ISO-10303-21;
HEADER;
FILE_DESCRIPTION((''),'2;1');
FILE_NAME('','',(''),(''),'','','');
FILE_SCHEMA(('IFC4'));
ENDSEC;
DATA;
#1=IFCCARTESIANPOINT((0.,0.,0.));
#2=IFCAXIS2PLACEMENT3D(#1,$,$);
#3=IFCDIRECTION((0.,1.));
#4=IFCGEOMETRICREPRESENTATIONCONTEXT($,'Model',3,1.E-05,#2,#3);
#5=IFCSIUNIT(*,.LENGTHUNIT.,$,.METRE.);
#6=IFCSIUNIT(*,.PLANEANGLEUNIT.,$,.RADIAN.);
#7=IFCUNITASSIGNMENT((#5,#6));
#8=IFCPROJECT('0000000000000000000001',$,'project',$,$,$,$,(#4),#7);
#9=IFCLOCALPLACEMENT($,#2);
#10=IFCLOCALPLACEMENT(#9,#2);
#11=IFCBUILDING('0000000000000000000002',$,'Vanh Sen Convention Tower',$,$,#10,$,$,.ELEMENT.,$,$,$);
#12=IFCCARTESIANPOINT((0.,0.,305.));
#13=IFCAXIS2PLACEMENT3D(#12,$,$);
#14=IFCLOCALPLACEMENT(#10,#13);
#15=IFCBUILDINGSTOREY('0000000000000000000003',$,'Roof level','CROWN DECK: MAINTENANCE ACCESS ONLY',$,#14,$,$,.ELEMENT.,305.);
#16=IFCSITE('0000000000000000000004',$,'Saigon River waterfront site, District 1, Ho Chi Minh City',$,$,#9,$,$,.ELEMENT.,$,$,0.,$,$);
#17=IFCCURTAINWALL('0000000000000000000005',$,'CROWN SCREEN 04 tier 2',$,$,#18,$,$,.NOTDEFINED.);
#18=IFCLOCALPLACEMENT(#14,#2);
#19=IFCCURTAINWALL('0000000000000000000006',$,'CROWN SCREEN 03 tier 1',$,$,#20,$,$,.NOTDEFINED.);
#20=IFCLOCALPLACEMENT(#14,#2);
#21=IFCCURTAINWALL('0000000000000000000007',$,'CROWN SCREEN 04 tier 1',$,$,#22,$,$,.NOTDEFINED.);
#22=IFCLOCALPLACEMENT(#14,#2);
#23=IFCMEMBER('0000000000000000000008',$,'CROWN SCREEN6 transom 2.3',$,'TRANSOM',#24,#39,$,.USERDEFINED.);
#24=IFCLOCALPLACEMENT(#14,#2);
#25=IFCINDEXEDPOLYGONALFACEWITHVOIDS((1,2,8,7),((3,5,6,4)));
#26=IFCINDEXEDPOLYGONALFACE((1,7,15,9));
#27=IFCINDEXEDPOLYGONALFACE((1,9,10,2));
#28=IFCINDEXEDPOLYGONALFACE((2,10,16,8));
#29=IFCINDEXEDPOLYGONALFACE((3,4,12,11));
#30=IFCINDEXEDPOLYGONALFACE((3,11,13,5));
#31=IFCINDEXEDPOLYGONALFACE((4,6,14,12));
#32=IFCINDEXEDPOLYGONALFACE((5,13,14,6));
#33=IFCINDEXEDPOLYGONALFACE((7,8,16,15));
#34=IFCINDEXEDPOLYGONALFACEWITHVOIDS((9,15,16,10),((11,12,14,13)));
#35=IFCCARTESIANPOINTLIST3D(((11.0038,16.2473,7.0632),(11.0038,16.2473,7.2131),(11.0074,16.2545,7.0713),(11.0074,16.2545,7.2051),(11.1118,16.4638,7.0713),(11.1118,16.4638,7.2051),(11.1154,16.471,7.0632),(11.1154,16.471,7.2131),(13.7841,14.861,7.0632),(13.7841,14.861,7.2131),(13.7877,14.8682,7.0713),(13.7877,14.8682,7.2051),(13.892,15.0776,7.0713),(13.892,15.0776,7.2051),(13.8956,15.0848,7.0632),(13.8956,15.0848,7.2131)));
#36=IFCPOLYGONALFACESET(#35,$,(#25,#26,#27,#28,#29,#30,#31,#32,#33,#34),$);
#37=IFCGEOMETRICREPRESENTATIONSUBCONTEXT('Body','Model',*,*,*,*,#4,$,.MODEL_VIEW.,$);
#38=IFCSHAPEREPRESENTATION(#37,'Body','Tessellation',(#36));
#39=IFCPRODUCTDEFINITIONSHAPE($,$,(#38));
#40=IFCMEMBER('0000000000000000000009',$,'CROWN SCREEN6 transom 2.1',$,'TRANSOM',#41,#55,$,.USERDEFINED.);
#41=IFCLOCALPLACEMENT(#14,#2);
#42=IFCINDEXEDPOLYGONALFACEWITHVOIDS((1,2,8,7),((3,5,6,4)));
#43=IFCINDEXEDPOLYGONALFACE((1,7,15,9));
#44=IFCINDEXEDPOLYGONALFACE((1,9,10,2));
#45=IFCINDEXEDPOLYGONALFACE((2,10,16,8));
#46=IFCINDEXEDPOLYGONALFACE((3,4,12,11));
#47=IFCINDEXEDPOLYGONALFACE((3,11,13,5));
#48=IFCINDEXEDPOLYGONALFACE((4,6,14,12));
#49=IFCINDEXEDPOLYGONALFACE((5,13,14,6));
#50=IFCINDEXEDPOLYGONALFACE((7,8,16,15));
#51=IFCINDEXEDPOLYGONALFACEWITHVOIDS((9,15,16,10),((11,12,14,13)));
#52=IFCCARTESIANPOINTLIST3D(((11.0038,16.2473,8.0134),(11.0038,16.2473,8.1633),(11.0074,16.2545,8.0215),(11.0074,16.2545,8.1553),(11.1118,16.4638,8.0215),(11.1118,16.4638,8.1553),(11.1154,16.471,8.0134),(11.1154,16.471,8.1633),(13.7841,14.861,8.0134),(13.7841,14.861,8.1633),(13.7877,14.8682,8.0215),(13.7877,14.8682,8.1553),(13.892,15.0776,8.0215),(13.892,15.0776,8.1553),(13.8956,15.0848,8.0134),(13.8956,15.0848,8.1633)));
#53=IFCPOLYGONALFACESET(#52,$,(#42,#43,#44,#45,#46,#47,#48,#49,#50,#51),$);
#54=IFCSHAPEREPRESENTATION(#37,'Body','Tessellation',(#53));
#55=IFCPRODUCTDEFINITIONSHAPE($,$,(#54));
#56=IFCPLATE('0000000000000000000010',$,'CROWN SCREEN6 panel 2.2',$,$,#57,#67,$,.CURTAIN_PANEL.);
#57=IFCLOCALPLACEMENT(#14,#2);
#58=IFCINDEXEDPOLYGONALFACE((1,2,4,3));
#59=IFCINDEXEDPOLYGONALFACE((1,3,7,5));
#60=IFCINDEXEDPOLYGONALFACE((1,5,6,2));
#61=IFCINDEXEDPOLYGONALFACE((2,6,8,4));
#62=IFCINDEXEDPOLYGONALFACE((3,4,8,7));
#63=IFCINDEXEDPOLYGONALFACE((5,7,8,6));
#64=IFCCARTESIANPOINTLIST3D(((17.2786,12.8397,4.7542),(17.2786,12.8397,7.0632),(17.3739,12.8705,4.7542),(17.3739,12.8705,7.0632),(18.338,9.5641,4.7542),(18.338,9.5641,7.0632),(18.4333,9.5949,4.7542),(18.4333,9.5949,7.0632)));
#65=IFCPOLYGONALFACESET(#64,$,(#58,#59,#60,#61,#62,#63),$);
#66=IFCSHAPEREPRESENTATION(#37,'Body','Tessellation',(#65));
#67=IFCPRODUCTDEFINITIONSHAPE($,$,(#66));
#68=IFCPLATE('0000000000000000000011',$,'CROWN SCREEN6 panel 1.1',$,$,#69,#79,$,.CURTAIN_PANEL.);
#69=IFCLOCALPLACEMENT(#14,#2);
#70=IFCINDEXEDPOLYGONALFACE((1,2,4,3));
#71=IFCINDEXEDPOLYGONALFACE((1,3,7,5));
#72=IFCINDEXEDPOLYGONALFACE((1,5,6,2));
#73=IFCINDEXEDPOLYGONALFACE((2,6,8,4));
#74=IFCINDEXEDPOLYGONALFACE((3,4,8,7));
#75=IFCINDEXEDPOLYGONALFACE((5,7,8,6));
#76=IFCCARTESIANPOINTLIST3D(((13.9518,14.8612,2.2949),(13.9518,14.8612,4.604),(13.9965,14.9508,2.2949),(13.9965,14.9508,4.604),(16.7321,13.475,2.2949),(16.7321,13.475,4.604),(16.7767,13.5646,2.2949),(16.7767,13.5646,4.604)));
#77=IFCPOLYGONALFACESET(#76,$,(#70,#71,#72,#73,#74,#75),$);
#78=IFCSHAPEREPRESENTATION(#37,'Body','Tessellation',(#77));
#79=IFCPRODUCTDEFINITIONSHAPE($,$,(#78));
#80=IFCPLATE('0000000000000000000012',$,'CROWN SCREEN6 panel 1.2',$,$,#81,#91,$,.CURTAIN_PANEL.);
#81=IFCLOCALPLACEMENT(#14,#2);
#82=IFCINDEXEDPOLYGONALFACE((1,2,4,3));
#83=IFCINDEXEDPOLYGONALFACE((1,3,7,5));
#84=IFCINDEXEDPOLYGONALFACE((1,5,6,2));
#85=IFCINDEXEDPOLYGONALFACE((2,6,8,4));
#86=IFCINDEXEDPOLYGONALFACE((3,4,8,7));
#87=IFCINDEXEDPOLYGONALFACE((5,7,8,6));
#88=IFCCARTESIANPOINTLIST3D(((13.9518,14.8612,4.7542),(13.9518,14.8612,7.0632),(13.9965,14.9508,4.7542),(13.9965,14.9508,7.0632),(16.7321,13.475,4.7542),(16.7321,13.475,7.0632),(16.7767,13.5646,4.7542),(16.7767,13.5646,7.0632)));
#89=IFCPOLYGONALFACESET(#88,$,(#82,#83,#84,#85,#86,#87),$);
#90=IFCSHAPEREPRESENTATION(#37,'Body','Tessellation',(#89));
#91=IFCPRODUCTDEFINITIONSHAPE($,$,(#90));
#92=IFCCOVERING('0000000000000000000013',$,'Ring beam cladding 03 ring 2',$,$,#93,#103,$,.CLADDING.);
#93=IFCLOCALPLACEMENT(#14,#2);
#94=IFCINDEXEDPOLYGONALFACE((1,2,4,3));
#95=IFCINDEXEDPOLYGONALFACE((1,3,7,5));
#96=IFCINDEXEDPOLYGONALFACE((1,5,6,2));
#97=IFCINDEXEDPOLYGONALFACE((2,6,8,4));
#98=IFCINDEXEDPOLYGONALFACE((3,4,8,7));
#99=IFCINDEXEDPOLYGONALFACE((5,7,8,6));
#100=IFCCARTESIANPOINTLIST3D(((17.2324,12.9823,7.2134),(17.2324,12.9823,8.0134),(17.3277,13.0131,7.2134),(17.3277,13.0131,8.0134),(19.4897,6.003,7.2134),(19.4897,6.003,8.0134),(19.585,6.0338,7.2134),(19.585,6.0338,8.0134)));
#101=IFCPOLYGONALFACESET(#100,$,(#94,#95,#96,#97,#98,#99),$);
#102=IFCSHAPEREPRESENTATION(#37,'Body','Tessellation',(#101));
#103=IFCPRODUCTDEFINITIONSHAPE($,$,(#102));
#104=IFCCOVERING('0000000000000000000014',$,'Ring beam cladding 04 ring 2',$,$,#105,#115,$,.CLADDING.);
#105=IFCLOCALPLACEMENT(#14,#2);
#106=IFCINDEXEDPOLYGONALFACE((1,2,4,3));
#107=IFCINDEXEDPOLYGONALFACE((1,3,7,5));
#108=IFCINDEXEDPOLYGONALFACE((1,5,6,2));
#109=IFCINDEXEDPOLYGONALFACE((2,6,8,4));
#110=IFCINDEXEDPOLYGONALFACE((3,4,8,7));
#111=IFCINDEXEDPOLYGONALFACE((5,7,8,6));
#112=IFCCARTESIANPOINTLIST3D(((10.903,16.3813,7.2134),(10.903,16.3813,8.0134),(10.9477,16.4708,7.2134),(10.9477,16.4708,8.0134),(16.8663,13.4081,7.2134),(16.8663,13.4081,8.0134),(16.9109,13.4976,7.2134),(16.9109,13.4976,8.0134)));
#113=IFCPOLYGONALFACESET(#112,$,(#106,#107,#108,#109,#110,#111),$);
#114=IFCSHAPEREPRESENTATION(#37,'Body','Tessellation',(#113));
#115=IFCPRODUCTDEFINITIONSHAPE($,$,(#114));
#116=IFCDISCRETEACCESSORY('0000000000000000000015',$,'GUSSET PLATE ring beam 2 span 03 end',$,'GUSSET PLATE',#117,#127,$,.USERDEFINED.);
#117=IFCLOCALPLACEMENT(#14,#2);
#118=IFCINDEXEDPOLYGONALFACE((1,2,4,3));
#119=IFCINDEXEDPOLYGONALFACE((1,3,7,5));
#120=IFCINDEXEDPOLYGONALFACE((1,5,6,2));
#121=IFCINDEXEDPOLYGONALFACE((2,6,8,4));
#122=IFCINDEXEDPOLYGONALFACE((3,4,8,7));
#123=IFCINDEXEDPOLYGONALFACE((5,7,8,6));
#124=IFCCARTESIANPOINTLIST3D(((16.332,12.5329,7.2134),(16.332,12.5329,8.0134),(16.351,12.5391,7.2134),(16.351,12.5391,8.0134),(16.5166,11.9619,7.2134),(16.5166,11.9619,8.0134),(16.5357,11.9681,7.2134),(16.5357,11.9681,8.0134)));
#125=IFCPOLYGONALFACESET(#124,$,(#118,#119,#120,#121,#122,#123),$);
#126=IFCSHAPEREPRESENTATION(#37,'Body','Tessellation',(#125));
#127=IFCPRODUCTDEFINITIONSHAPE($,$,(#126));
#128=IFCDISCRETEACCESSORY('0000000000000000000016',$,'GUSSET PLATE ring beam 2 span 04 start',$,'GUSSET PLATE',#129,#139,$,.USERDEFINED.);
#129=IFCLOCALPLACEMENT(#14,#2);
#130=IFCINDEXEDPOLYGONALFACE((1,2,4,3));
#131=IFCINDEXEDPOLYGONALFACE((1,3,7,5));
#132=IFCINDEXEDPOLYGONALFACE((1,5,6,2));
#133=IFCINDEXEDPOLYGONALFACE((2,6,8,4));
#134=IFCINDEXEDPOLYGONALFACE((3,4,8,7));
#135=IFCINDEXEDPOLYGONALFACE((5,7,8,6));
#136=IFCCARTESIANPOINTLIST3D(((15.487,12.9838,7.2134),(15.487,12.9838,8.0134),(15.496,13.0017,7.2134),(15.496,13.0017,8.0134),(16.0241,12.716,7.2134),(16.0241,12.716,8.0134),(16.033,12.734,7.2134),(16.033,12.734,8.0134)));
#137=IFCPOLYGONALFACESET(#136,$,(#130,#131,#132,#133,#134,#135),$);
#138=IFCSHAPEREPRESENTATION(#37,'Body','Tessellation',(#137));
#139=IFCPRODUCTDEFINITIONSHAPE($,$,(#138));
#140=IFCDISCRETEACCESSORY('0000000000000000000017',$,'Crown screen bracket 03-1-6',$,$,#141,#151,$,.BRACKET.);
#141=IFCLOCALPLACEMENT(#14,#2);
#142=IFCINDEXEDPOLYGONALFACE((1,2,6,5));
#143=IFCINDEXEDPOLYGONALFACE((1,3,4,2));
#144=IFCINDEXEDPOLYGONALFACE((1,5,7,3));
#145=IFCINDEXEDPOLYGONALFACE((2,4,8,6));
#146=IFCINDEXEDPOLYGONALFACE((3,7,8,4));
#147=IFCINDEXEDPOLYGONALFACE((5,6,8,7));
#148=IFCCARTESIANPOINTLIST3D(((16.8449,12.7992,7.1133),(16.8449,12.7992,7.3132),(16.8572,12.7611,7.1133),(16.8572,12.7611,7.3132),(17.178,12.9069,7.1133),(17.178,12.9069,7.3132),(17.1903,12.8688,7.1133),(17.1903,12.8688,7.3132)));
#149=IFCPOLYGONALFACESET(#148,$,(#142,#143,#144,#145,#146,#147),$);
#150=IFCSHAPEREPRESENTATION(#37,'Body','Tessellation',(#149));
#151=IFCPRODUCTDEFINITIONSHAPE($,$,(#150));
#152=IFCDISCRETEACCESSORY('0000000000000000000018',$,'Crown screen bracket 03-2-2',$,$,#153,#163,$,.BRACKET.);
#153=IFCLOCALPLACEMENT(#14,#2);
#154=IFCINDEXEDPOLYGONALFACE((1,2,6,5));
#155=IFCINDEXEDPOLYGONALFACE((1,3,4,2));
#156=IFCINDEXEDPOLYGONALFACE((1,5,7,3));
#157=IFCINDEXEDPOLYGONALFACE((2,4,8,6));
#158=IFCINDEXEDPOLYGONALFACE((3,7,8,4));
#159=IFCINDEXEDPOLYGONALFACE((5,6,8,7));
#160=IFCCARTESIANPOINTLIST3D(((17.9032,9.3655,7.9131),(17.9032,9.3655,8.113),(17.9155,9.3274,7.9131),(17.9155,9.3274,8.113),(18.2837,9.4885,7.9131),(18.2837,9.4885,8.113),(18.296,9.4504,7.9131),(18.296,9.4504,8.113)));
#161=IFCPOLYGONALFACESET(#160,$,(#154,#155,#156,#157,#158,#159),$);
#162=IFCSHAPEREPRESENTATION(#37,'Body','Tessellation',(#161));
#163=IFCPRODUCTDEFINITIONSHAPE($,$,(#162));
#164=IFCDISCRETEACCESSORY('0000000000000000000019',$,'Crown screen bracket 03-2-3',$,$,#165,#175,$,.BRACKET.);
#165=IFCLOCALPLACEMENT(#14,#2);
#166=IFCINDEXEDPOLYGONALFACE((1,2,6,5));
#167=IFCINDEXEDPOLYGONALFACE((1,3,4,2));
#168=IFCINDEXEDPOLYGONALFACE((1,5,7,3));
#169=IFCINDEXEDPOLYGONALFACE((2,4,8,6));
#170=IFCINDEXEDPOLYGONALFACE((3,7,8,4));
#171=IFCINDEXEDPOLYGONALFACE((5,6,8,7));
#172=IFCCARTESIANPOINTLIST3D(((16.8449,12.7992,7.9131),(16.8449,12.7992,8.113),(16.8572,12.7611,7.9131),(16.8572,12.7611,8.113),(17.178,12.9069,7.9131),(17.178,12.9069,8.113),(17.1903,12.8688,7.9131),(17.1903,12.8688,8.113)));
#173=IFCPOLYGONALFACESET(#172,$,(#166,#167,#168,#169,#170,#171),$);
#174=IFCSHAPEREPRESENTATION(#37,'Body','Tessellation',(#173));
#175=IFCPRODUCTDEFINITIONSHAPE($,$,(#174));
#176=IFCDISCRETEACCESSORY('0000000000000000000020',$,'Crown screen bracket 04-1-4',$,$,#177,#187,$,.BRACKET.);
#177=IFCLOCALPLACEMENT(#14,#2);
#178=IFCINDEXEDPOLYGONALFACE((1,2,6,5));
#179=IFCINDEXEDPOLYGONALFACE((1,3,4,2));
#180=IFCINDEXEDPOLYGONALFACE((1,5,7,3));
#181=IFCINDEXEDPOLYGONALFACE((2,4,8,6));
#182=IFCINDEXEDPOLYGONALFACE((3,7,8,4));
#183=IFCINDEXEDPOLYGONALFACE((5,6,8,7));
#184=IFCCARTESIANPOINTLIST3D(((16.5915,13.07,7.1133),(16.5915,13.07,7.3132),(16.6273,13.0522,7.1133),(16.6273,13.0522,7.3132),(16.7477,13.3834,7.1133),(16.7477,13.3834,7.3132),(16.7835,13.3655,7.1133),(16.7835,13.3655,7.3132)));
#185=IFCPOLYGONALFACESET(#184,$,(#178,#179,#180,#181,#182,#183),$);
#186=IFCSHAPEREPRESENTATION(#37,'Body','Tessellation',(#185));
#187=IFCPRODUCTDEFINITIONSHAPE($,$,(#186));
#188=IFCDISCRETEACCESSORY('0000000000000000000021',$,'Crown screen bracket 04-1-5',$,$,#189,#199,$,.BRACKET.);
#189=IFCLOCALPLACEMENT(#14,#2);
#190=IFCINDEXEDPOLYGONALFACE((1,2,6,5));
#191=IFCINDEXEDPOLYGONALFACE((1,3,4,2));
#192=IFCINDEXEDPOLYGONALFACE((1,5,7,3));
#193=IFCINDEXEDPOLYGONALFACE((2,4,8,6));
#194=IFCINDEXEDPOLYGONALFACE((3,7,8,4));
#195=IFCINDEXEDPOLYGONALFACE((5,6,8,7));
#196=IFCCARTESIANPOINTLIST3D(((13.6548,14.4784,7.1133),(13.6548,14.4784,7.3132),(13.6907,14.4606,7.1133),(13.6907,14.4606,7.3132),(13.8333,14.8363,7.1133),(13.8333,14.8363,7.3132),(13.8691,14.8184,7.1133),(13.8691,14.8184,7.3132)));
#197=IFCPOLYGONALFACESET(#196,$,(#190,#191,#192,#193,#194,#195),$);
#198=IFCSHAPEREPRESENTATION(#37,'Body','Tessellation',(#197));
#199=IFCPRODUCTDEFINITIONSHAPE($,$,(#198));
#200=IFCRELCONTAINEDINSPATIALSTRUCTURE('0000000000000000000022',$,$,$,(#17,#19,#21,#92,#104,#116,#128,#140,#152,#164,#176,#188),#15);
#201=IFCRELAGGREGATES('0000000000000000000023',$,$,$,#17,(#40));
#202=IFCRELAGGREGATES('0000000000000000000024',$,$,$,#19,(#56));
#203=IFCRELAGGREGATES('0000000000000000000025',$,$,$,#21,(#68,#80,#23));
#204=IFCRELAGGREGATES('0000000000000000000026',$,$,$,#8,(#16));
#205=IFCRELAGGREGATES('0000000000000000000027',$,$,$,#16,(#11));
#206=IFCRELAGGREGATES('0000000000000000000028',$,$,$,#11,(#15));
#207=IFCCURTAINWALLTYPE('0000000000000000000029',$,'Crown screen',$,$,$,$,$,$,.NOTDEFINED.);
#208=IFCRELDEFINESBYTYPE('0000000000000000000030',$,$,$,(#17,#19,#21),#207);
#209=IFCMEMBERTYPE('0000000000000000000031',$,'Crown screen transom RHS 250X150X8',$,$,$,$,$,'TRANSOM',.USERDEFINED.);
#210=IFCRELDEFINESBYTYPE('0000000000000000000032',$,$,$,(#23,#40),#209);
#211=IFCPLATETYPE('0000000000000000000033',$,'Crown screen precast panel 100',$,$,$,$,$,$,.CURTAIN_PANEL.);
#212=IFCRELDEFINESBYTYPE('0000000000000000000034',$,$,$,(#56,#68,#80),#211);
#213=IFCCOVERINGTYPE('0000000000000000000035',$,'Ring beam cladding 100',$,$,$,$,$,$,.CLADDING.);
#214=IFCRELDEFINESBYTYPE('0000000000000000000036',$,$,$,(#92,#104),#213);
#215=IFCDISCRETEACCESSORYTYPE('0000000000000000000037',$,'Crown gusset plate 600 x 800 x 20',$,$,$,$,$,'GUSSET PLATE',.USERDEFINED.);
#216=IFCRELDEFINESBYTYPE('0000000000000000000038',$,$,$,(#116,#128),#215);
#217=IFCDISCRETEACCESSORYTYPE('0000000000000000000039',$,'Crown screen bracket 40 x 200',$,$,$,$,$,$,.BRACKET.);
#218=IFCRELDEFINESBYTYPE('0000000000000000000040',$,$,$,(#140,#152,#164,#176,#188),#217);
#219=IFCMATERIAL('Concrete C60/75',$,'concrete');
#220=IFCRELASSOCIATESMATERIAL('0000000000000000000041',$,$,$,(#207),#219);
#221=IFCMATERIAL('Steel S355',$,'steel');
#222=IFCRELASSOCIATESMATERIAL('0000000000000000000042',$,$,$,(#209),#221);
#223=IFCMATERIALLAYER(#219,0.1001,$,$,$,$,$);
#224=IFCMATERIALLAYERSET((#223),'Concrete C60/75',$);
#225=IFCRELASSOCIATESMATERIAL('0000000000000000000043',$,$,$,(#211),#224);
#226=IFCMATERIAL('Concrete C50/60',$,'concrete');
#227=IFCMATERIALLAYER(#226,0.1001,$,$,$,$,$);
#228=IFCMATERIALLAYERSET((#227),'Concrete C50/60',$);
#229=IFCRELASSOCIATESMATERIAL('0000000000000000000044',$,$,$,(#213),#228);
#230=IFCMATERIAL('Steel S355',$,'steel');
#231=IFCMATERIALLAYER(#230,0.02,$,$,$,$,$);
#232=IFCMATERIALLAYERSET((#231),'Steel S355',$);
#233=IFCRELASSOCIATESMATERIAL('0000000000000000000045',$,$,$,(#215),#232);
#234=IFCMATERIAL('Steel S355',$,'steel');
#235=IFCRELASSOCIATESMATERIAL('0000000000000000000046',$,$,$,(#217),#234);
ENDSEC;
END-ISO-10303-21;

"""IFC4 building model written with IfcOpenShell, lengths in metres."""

from ifc_helpers import new_model, si_unit, direction, frame, origin, origin_2d, place, context, subcontext, project, spatial, rectangle, hollow_rectangle, extrude, material, layer, layer_set, material_profile, profile_set, type_object, element, aggregate, save


model = new_model("IFC4")

# Units and contexts
model_context = context("Model", 3, precision=1e-05, world=origin(), true_north=direction((0.0, 1.0)))
body_context = subcontext(model_context, "Body", "Model", "MODEL_VIEW")
ifc_project = project(units=[si_unit("LENGTHUNIT", "METRE"), si_unit("PLANEANGLEUNIT", "RADIAN")], contexts=[model_context])

# Site, building, storey
site_placement = place(None, origin())
site = spatial("IfcSite", under=ifc_project, at=site_placement, Name="Saigon River waterfront site, District 1, Ho Chi Minh City", CompositionType="ELEMENT", RefElevation=0.0)
building_placement = place(site_placement, origin())
building = spatial("IfcBuilding", under=site, at=building_placement, Name="Vanh Sen Convention Tower", CompositionType="ELEMENT")
storey_placement = place(building_placement, frame((0.0, 0.0, 305.0)))
storey = spatial("IfcBuildingStorey", under=building, at=storey_placement, Name="Roof level", Description="CROWN DECK: MAINTENANCE ACCESS ONLY", CompositionType="ELEMENT", Elevation=305.0)

# Curtain walls, member
ifc_material_1 = material(Name="Concrete C60/75", Category="concrete")
curtain_wall_type = type_object("IfcCurtainWallType", Name="Crown screen", PredefinedType="NOTDEFINED", material=ifc_material_1)
ifc_material_2 = material(Name="Steel S355", Category="steel")
curtain_wall_1_placement = place(storey_placement, origin())
curtain_wall_1 = element("IfcCurtainWall", 1, at=curtain_wall_1_placement, inside=storey, type_object=curtain_wall_type, Name="CROWN SCREEN 04 tier 2", PredefinedType="NOTDEFINED")
curtain_wall_2_placement = place(storey_placement, origin())
curtain_wall_2 = element("IfcCurtainWall", 2, at=curtain_wall_2_placement, inside=storey, type_object=curtain_wall_type, Name="CROWN SCREEN 03 tier 1", PredefinedType="NOTDEFINED")
ifc_material_profile_1 = material_profile(ifc_material_2, hollow_rectangle(XDim=0.25, YDim=0.1499, WallThickness=0.0081, at=origin_2d()), Name="RHS 250X150X8")
ifc_profile_set_1 = profile_set([ifc_material_profile_1], Name="Steel S355")
member_type_1 = type_object("IfcMemberType", Name="Crown screen transom RHS 250X150X8", ElementType="TRANSOM", PredefinedType="USERDEFINED", material=ifc_profile_set_1)
curtain_wall_3_placement = place(storey_placement, origin())
curtain_wall_3 = element("IfcCurtainWall", 3, at=curtain_wall_3_placement, inside=storey, type_object=curtain_wall_type, Name="CROWN SCREEN 04 tier 1", PredefinedType="NOTDEFINED")
member_1_placement = place(storey_placement, frame((13.8398, 14.9729, 7.1382), z_axis=(-0.89493, 0.446207, 0.0), x_axis=(-0.446207, -0.89493, 0.0)))
member_1 = element("IfcMember", 4, at=member_1_placement, type_object=member_type_1, Name="CROWN SCREEN6 transom 2.3", ObjectType="TRANSOM", PredefinedType="USERDEFINED", context=body_context, shape_type="SweptSolid", body=[
    extrude(hollow_rectangle(XDim=0.25, YDim=0.1499, WallThickness=0.0081, at=origin_2d()), origin(), (0.0, 0.0, 1.0), 3.1067),
])

# Member
member_2_placement = place(storey_placement, frame((13.8398, 14.9729, 8.0884), z_axis=(-0.89493, 0.446207, 0.0), x_axis=(-0.446207, -0.89493, 0.0)))
member_2 = element("IfcMember", 5, at=member_2_placement, type_object=member_type_1, Name="CROWN SCREEN6 transom 2.1", ObjectType="TRANSOM", PredefinedType="USERDEFINED", context=body_context, shape_type="SweptSolid", body=[
    extrude(hollow_rectangle(XDim=0.25, YDim=0.1499, WallThickness=0.0081, at=origin_2d()), origin(), (0.0, 0.0, 1.0), 3.1067),
])
aggregate(curtain_wall_1, [member_2])

# Plates
ifc_layer_1 = layer(ifc_material_1, 0.1001)
ifc_layer_set_1 = layer_set([ifc_layer_1], Name="Concrete C60/75")
plate_type = type_object("IfcPlateType", Name="Crown screen precast panel 100", PredefinedType="CURTAIN_PANEL", material=ifc_layer_set_1)
plate_1_placement = place(storey_placement, frame((17.856, 11.2173, 4.7542), z_axis=(0.0, 0.0, 1.0), x_axis=(-0.307733, 0.951473, 0.0)))
plate_1 = element("IfcPlate", 6, at=plate_1_placement, type_object=plate_type, Name="CROWN SCREEN6 panel 2.2", PredefinedType="CURTAIN_PANEL", context=body_context, shape_type="SweptSolid", body=[
    extrude(rectangle(XDim=3.4426, YDim=0.1001, at=origin_2d()), origin(), (0.0, 0.0, 1.0), 2.3091),
])
aggregate(curtain_wall_2, [plate_1])
plate_2_placement = place(storey_placement, frame((15.3643, 14.2129, 2.2949), z_axis=(0.0, 0.0, 1.0), x_axis=(-0.894931, 0.446205, 0.0)))
plate_2 = element("IfcPlate", 7, at=plate_2_placement, type_object=plate_type, Name="CROWN SCREEN6 panel 1.1", PredefinedType="CURTAIN_PANEL", context=body_context, shape_type="SweptSolid", body=[
    extrude(rectangle(XDim=3.1067, YDim=0.1001, at=origin_2d()), origin(), (0.0, 0.0, 1.0), 2.3091),
])
plate_3_placement = place(storey_placement, frame((15.3643, 14.2129, 4.7542), z_axis=(0.0, 0.0, 1.0), x_axis=(-0.894931, 0.446205, 0.0)))
plate_3 = element("IfcPlate", 8, at=plate_3_placement, type_object=plate_type, Name="CROWN SCREEN6 panel 1.2", PredefinedType="CURTAIN_PANEL", context=body_context, shape_type="SweptSolid", body=[
    extrude(rectangle(XDim=3.1067, YDim=0.1001, at=origin_2d()), origin(), (0.0, 0.0, 1.0), 2.3091),
])
aggregate(curtain_wall_3, [plate_2, plate_3, member_1])

# Coverings
ifc_material_3 = material(Name="Concrete C50/60", Category="concrete")
ifc_layer_2 = layer(ifc_material_3, 0.1001)
ifc_layer_set_2 = layer_set([ifc_layer_2], Name="Concrete C50/60")
covering_type = type_object("IfcCoveringType", Name="Ring beam cladding 100", PredefinedType="CLADDING", material=ifc_layer_set_2)
covering_1_placement = place(storey_placement, frame((18.4087, 9.5081, 7.2134), z_axis=(0.0, 0.0, 1.0), x_axis=(-0.307734, 0.951473, 0.0)))
element("IfcCovering", 9, at=covering_1_placement, inside=storey, type_object=covering_type, Name="Ring beam cladding 03 ring 2", PredefinedType="CLADDING", context=body_context, shape_type="SweptSolid", body=[
    extrude(rectangle(XDim=7.3352, YDim=0.1001, at=origin_2d()), origin(), (0.0, 0.0, 1.0), 0.8),
])
covering_2_placement = place(storey_placement, frame((13.907, 14.9395, 7.2134), z_axis=(0.0, 0.0, 1.0), x_axis=(-0.894931, 0.446204, 0.0)))
element("IfcCovering", 10, at=covering_2_placement, inside=storey, type_object=covering_type, Name="Ring beam cladding 04 ring 2", PredefinedType="CLADDING", context=body_context, shape_type="SweptSolid", body=[
    extrude(rectangle(XDim=6.6633, YDim=0.1001, at=origin_2d()), origin(), (0.0, 0.0, 1.0), 0.8),
])

# Discrete accessories
ifc_material_4 = material(Name="Steel S355", Category="steel")
ifc_layer_3 = layer(ifc_material_4, 0.02)
ifc_layer_set_3 = layer_set([ifc_layer_3], Name="Steel S355")
discrete_accessory_type_1 = type_object("IfcDiscreteAccessoryType", Name="Crown gusset plate 600 x 800 x 20", ElementType="GUSSET PLATE", PredefinedType="USERDEFINED", material=ifc_layer_set_3)
for number, where, z_axis, x_axis, name in (
    (11, (16.4338, 12.2505, 7.2134), (0.0, 0.0, 1.0), (0.307734, -0.951473, 0.0), "GUSSET PLATE ring beam 2 span 03 end"),
    (12, (15.76, 12.8589, 7.2134), (0.0, 0.0, 1.0), (-0.894931, 0.446204, 0.0), "GUSSET PLATE ring beam 2 span 04 start"),
):
    element("IfcDiscreteAccessory", number, at=place(storey_placement, frame(where, z_axis=z_axis, x_axis=x_axis)), inside=storey, type_object=discrete_accessory_type_1, Name=name, ObjectType="GUSSET PLATE", PredefinedType="USERDEFINED", context=body_context, shape_type="SweptSolid", body=[
        extrude(rectangle(XDim=0.6001, YDim=0.02, at=origin_2d()), origin(), (0.0, 0.0, 1.0), 0.8),
    ])
ifc_material_5 = material(Name="Steel S355", Category="steel")
discrete_accessory_type_2 = type_object("IfcDiscreteAccessoryType", Name="Crown screen bracket 40 x 200", PredefinedType="BRACKET", material=ifc_material_5)
discrete_accessory_1_placement = place(storey_placement, frame((17.0176, 12.834, 7.1133), z_axis=(0.0, 0.0, 1.0), x_axis=(0.951473, 0.307734, 0.0)))
element("IfcDiscreteAccessory", 13, at=discrete_accessory_1_placement, inside=storey, type_object=discrete_accessory_type_2, Name="Crown screen bracket 03-1-6", PredefinedType="BRACKET", context=body_context, shape_type="SweptSolid", body=[
    extrude(rectangle(XDim=0.3501, YDim=0.04, at=origin_2d()), origin(), (0.0, 0.0, 1.0), 0.2),
])
discrete_accessory_2_placement = place(storey_placement, frame((18.0996, 9.408, 7.9131), z_axis=(0.0, 0.0, 1.0), x_axis=(0.951473, 0.307734, 0.0)))
element("IfcDiscreteAccessory", 14, at=discrete_accessory_2_placement, inside=storey, type_object=discrete_accessory_type_2, Name="Crown screen bracket 03-2-2", PredefinedType="BRACKET", context=body_context, shape_type="SweptSolid", body=[
    extrude(rectangle(XDim=0.3999, YDim=0.04, at=origin_2d()), origin(), (0.0, 0.0, 1.0), 0.2),
])
for number, where, z_axis, x_axis, name in (
    (15, (17.0176, 12.834, 7.9131), (0.0, 0.0, 1.0), (0.951473, 0.307734, 0.0), "Crown screen bracket 03-2-3"),
    (16, (16.6875, 13.2178, 7.1133), (0.0, 0.0, 1.0), (0.446204, 0.894931, 0.0), "Crown screen bracket 04-1-4"),
):
    element("IfcDiscreteAccessory", number, at=place(storey_placement, frame(where, z_axis=z_axis, x_axis=x_axis)), inside=storey, type_object=discrete_accessory_type_2, Name=name, PredefinedType="BRACKET", context=body_context, shape_type="SweptSolid", body=[
        extrude(rectangle(XDim=0.3501, YDim=0.04, at=origin_2d()), origin(), (0.0, 0.0, 1.0), 0.2),
    ])
discrete_accessory_3_placement = place(storey_placement, frame((13.762, 14.6484, 7.1133), z_axis=(0.0, 0.0, 1.0), x_axis=(0.446204, 0.894931, 0.0)))
element("IfcDiscreteAccessory", 17, at=discrete_accessory_3_placement, inside=storey, type_object=discrete_accessory_type_2, Name="Crown screen bracket 04-1-5", PredefinedType="BRACKET", context=body_context, shape_type="SweptSolid", body=[
    extrude(rectangle(XDim=0.3999, YDim=0.04, at=origin_2d()), origin(), (0.0, 0.0, 1.0), 0.2),
])

save(model, "model.ifc")
